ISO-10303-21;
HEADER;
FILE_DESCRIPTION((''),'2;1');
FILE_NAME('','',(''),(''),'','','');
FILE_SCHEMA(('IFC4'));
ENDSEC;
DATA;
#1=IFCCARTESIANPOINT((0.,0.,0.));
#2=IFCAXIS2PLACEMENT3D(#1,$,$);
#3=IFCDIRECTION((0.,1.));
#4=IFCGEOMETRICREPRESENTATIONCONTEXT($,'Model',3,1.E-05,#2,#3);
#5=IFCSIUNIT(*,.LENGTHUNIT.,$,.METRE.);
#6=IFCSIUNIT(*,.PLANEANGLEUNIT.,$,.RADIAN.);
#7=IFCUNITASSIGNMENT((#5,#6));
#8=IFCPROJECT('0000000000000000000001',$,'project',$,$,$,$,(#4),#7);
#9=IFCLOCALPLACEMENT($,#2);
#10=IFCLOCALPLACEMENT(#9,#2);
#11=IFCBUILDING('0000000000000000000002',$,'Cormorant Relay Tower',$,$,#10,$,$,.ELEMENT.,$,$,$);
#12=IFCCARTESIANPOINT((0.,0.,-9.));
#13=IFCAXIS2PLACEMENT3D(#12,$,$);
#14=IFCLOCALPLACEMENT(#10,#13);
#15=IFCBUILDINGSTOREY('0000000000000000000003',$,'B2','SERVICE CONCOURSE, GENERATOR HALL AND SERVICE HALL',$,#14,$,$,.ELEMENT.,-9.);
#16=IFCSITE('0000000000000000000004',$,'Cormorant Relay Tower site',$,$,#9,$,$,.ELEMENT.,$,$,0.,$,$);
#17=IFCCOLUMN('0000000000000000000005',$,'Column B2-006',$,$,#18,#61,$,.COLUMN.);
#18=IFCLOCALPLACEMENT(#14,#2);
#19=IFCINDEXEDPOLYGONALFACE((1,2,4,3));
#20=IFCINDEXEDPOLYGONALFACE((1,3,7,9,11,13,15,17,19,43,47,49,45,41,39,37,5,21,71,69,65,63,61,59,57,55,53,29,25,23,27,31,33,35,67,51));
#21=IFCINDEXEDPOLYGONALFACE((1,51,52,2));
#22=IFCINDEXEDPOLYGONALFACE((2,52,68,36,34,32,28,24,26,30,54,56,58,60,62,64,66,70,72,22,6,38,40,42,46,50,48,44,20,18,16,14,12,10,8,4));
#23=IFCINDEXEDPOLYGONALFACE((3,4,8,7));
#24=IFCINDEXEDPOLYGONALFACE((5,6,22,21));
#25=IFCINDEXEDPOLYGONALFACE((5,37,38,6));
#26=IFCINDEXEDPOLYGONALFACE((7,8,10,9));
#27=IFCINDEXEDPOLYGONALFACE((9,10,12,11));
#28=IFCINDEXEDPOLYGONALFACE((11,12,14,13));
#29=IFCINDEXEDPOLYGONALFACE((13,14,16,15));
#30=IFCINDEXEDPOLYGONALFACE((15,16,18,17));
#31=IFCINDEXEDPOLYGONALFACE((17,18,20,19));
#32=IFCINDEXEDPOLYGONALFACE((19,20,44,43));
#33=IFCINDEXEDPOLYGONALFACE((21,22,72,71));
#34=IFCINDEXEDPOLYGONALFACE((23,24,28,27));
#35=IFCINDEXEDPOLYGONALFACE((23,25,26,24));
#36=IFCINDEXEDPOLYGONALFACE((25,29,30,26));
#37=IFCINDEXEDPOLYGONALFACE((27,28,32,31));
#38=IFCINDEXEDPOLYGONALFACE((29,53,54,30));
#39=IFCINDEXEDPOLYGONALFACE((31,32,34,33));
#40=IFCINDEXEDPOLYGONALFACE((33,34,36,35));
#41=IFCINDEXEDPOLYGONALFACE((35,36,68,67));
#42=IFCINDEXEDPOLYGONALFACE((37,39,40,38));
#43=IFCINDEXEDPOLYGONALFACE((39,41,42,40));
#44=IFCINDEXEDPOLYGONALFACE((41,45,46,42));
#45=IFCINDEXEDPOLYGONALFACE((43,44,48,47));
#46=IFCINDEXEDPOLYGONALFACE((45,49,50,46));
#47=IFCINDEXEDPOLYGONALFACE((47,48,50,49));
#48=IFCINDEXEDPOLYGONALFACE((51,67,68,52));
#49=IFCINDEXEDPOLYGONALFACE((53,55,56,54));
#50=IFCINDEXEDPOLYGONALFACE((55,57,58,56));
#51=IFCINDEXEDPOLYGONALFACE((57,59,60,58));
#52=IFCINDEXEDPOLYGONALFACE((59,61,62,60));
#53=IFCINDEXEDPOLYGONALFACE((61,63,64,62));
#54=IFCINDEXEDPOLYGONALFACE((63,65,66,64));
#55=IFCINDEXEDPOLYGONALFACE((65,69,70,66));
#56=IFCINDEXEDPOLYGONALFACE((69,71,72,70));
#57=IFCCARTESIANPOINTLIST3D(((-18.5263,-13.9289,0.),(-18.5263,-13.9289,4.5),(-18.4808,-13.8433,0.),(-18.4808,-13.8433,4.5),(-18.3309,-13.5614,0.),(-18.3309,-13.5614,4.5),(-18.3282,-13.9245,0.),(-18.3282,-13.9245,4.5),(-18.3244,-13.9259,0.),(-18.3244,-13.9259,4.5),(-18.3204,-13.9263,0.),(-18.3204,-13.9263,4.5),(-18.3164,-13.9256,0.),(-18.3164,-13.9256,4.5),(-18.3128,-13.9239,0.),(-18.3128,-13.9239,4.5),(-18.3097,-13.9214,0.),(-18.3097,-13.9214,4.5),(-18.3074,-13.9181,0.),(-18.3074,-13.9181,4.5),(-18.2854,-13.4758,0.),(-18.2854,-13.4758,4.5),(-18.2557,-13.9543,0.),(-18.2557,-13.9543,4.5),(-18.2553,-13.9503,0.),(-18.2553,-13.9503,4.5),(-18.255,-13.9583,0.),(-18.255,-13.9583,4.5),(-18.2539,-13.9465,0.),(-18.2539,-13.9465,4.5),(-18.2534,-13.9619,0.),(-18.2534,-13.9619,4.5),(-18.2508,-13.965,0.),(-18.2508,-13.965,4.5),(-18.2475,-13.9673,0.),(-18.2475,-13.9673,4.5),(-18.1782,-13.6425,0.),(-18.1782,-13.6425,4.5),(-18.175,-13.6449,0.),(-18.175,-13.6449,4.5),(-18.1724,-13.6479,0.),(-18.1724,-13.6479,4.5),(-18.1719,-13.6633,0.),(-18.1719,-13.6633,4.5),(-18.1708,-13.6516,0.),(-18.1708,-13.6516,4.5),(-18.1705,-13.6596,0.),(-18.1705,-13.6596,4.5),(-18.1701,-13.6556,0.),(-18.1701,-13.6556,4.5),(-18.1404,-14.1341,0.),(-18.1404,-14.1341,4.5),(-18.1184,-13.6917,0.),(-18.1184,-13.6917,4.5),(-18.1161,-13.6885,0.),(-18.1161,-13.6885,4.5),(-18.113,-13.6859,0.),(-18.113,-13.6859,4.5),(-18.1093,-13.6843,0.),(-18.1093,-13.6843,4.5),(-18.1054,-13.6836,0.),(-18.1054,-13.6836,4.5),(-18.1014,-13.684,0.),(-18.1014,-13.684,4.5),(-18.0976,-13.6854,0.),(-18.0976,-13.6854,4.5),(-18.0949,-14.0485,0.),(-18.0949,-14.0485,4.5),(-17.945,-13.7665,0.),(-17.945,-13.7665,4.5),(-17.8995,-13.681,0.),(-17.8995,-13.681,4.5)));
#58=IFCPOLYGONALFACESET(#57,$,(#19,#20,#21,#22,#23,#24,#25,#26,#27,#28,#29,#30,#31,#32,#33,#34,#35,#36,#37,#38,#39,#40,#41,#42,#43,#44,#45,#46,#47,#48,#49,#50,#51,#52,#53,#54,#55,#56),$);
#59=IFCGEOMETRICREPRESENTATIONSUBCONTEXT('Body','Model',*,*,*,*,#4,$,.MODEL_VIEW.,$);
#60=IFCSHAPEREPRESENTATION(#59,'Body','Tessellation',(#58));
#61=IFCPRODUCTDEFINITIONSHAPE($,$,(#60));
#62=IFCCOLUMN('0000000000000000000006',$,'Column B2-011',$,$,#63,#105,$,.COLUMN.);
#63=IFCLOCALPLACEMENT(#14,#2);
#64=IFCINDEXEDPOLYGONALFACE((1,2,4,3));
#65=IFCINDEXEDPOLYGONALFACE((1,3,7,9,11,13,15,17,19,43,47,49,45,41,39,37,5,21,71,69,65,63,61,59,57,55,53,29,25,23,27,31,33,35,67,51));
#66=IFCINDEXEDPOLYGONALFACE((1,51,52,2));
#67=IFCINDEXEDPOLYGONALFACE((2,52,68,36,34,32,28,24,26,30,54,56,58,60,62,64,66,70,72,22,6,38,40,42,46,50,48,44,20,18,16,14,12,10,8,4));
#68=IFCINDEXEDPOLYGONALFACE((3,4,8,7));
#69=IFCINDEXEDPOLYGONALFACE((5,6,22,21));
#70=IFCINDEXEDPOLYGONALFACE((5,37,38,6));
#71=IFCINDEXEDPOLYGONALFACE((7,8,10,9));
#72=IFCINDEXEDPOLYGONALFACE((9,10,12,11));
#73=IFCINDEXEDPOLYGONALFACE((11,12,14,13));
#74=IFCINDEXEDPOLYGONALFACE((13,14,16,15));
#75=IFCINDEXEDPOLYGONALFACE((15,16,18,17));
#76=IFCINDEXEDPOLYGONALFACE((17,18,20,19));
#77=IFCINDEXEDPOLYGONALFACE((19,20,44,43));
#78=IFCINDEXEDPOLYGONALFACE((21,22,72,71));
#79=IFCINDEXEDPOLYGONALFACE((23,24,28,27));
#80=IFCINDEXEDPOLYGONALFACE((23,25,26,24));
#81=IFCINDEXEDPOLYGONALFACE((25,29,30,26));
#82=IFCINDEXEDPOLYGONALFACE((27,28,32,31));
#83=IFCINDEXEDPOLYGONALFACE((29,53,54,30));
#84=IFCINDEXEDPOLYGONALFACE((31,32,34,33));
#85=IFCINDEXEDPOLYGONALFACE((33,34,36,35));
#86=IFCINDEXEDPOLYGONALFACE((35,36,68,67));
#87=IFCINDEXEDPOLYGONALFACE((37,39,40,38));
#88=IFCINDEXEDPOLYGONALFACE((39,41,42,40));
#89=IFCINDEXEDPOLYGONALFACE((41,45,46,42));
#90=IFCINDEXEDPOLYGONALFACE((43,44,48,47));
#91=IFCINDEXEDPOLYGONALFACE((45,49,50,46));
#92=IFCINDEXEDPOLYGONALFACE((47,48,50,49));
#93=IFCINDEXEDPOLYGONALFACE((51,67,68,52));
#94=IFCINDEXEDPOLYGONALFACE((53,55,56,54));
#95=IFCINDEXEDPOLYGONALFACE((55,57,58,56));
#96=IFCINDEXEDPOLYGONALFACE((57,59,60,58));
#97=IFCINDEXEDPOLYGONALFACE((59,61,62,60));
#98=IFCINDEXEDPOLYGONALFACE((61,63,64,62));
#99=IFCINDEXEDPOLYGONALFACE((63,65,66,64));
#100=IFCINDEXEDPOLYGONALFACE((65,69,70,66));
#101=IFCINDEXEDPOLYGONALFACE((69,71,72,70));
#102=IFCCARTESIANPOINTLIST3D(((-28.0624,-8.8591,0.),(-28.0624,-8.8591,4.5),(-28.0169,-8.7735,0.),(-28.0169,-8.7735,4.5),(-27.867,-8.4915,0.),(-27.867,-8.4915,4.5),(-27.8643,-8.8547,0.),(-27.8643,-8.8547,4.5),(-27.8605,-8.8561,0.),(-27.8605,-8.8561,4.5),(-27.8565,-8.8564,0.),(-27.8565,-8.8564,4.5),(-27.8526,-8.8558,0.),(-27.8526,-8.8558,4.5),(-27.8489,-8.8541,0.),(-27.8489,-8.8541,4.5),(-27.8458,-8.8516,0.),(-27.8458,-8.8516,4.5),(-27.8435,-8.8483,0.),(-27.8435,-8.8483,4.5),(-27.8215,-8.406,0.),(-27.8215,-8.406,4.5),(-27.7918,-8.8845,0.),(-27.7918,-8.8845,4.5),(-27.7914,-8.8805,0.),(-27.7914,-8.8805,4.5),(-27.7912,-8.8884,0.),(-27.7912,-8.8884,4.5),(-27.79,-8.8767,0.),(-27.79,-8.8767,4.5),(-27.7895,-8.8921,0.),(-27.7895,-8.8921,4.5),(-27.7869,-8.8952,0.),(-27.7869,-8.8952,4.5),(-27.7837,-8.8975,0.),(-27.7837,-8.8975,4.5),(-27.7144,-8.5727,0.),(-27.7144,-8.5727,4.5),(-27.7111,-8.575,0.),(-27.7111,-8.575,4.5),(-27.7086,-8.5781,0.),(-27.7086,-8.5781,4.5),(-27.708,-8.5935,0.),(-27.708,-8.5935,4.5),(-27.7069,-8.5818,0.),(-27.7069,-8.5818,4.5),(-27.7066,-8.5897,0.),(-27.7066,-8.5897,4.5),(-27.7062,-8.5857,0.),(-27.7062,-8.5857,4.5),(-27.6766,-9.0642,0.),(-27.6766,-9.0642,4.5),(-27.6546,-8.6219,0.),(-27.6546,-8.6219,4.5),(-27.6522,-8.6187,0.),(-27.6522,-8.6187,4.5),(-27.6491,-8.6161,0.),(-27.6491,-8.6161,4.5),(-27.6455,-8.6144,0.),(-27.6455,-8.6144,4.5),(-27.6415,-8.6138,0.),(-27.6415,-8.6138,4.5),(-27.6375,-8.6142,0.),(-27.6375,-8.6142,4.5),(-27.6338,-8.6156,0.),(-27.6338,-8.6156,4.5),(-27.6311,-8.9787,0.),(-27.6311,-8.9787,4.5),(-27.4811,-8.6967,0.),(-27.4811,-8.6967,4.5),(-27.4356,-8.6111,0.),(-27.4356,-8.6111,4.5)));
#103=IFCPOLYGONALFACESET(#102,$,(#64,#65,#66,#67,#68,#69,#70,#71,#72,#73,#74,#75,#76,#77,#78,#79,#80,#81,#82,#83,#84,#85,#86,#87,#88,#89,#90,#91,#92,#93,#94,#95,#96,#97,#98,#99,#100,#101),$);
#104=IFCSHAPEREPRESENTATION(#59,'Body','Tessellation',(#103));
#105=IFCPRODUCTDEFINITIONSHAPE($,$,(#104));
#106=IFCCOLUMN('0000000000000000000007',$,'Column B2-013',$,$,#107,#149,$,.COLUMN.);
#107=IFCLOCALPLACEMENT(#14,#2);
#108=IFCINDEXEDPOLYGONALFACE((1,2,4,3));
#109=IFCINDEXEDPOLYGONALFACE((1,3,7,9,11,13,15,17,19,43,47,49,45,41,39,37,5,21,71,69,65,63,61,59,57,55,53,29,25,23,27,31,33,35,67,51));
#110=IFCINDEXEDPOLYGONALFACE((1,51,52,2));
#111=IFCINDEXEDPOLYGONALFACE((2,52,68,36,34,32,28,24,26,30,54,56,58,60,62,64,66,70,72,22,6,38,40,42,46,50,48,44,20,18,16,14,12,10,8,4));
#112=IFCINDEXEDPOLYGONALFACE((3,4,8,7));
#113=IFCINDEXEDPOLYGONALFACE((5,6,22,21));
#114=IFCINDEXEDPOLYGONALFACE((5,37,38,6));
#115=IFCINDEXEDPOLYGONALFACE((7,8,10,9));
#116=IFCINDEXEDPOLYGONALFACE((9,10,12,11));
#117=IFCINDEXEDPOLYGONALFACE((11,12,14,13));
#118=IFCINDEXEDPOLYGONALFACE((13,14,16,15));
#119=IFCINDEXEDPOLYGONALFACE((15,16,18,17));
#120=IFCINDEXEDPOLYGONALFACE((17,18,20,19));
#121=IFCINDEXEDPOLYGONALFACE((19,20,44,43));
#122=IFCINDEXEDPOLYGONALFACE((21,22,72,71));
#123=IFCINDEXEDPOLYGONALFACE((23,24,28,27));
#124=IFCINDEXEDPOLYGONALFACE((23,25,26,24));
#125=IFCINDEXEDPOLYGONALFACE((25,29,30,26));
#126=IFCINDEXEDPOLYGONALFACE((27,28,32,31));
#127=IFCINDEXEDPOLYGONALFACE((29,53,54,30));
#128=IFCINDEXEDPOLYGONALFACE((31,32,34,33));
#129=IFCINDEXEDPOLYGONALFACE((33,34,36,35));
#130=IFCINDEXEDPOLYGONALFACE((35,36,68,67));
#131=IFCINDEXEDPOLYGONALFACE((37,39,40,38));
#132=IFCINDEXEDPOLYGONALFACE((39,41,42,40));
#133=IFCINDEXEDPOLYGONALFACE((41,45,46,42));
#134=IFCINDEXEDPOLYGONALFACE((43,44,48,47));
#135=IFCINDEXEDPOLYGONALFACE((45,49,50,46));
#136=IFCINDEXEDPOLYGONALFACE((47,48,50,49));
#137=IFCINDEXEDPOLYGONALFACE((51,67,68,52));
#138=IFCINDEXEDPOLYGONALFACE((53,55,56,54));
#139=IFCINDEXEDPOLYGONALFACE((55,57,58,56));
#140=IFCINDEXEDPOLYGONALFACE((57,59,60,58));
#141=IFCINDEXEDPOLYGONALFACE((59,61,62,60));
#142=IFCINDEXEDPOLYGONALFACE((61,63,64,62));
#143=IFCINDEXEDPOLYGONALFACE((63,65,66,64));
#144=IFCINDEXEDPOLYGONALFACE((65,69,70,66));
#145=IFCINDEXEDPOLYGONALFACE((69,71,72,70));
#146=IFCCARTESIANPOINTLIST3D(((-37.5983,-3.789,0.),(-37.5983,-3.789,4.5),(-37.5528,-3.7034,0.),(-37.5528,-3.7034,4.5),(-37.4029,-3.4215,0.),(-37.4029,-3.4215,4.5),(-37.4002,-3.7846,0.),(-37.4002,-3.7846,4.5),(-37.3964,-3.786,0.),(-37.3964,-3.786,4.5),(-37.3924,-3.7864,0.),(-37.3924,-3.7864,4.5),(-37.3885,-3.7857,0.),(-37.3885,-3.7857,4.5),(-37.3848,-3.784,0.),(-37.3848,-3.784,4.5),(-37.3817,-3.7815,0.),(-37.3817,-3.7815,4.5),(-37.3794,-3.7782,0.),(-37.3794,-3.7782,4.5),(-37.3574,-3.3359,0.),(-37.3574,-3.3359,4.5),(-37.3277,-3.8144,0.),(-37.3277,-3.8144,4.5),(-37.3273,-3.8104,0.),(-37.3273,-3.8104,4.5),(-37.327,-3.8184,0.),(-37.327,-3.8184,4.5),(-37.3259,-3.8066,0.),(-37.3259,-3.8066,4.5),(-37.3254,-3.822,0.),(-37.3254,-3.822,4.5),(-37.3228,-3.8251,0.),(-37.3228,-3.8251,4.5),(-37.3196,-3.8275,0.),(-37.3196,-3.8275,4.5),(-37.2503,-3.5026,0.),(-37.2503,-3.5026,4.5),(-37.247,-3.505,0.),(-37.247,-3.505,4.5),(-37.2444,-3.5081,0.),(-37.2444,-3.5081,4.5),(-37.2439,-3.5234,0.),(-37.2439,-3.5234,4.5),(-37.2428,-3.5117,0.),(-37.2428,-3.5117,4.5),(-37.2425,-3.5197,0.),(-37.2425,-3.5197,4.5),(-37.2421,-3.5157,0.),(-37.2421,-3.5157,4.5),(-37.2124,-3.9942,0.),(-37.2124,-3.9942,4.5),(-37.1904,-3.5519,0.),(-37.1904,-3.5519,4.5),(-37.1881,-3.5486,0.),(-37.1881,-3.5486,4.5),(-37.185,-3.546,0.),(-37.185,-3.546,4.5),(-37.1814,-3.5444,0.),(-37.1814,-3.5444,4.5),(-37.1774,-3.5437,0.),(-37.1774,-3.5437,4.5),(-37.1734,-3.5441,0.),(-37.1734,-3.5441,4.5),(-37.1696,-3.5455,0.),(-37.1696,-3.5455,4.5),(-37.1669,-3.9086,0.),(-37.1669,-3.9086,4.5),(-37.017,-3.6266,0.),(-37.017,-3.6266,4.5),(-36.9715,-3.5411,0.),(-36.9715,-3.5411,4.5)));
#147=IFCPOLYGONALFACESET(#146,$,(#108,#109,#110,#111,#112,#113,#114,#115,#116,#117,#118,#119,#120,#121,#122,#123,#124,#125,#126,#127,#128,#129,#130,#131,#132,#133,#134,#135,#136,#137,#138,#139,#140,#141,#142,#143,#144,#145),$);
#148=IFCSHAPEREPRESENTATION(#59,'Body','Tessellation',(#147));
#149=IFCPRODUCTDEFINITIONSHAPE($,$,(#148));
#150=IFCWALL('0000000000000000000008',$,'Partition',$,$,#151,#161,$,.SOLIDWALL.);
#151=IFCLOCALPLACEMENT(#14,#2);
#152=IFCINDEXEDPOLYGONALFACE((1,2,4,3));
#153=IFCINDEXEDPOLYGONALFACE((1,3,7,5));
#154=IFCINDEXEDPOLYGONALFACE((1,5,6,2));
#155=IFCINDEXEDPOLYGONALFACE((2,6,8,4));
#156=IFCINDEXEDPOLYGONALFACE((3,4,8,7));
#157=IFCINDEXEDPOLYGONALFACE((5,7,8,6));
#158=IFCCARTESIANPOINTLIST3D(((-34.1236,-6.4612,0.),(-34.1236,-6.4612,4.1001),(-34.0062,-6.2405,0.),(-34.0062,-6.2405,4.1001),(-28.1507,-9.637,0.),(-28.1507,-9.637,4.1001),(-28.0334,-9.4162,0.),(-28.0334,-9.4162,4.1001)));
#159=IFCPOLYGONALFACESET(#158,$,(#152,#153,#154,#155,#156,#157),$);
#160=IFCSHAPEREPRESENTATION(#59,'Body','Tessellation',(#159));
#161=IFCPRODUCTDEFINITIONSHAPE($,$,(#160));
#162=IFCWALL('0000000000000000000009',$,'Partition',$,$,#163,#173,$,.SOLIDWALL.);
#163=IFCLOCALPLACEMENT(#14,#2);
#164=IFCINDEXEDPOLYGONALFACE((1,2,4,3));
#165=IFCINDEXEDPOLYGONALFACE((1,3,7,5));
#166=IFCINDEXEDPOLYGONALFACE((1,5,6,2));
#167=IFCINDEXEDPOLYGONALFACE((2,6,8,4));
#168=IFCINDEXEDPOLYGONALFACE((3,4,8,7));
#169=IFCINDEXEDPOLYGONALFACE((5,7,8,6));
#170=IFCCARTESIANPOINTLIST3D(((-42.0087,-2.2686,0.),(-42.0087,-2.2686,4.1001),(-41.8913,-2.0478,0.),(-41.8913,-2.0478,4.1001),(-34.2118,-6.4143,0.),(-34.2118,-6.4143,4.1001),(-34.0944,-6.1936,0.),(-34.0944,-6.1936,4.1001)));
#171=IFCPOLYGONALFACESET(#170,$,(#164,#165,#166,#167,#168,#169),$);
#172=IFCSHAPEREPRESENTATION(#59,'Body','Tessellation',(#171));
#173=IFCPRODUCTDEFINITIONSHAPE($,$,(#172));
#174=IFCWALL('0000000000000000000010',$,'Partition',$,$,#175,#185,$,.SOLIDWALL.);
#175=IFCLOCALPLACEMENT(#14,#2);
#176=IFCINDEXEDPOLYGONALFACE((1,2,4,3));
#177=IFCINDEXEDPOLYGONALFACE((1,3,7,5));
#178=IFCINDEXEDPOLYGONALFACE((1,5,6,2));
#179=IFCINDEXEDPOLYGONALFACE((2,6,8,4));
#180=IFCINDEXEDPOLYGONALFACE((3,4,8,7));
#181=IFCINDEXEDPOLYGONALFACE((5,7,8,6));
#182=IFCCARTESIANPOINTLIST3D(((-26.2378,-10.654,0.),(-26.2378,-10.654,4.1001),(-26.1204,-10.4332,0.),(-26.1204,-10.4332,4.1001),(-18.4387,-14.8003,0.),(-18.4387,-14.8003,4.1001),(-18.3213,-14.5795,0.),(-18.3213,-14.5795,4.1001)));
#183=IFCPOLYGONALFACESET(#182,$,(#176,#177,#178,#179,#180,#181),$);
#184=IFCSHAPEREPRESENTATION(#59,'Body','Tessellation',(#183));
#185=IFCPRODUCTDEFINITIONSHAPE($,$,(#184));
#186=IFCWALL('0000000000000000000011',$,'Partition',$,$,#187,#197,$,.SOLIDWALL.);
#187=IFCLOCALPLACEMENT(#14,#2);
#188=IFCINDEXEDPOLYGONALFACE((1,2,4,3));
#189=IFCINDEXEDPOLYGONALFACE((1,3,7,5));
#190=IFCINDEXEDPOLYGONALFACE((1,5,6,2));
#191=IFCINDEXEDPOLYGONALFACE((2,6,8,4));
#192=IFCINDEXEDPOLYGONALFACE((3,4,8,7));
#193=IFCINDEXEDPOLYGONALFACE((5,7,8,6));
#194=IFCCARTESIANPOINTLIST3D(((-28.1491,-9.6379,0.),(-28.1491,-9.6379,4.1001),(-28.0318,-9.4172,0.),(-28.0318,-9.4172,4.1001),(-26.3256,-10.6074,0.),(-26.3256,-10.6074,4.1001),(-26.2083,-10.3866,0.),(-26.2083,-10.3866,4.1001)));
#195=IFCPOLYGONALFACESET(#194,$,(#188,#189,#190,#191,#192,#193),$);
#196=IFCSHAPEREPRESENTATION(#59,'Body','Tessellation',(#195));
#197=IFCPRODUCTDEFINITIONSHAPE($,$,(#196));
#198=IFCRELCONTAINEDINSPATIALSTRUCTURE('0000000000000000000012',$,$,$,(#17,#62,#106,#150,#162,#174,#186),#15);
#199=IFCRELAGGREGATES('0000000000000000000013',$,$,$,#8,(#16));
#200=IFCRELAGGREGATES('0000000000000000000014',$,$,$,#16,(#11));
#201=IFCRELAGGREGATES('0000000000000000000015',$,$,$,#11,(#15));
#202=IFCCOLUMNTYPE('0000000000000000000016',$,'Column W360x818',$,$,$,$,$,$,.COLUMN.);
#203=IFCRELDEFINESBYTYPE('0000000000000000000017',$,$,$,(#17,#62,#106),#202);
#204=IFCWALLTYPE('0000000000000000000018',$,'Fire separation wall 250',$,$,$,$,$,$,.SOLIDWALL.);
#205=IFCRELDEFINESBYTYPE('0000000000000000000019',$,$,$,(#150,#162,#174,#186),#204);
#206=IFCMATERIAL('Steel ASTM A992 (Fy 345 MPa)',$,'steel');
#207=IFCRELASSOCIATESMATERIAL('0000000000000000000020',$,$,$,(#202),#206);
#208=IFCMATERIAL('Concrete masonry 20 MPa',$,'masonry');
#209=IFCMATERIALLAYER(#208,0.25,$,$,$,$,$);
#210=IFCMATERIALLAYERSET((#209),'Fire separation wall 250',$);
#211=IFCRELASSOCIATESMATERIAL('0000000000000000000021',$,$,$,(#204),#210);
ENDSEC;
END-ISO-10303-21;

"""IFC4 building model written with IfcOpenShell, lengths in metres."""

from ifc_helpers import new_model, si_unit, direction, frame, frame_2d, origin, origin_2d, place, context, subcontext, project, spatial, rectangle, i_section, extrude, material, layer, layer_set, material_profile, profile_set, type_object, element, save


model = new_model("IFC4")

# Units and contexts
model_context = context("Model", 3, precision=1e-05, world=origin(), true_north=direction((0.0, 1.0)))
body_context = subcontext(model_context, "Body", "Model", "MODEL_VIEW")
ifc_project = project(units=[si_unit("LENGTHUNIT", "METRE"), si_unit("PLANEANGLEUNIT", "RADIAN")], contexts=[model_context])

# Site, building, storey
site_placement = place(None, origin())
site = spatial("IfcSite", under=ifc_project, at=site_placement, Name="Cormorant Relay Tower site", CompositionType="ELEMENT", RefElevation=0.0)
building_placement = place(site_placement, origin())
building = spatial("IfcBuilding", under=site, at=building_placement, Name="Cormorant Relay Tower", CompositionType="ELEMENT")
storey_placement = place(building_placement, frame((0.0, 0.0, -9.0)))
storey = spatial("IfcBuildingStorey", under=building, at=storey_placement, Name="B2", Description="SERVICE CONCOURSE, GENERATOR HALL AND SERVICE HALL", CompositionType="ELEMENT", Elevation=-9.0)

# Columns
ifc_material_1 = material(Name="Steel ASTM A992 (Fy 345 MPa)", Category="steel")
ifc_material_profile_1 = material_profile(ifc_material_1, i_section(OverallWidth=0.437, OverallDepth=0.5132, WebThickness=0.0605, FlangeThickness=0.0969, FilletRadius=0.0154, at=origin_2d()), Name="W360x818")
ifc_profile_set_1 = profile_set([ifc_material_profile_1], Name="Steel ASTM A992 (Fy 345 MPa)")
column_type_1 = type_object("IfcColumnType", Name="Column W360x818", PredefinedType="COLUMN", material=ifc_profile_set_1)
for number, where, z_axis, x_axis, name in (
    (1, (-18.2129, -13.8049, 0.0), (0.0, 0.0, 1.0), (0.882948, -0.469472, 0.0), "Column B2-006"),
    (2, (-27.749, -8.7351, 0.0), (0.0, 0.0, 1.0), (0.882948, -0.469472, 0.0), "Column B2-011"),
    (3, (-37.2849, -3.665, 0.0), (0.0, 0.0, 1.0), (0.882948, -0.469472, 0.0), "Column B2-013"),
):
    element("IfcColumn", number, at=place(storey_placement, frame(where, z_axis=z_axis, x_axis=x_axis)), inside=storey, type_object=column_type_1, Name=name, PredefinedType="COLUMN", context=body_context, shape_type="SweptSolid", body=[
        extrude(i_section(OverallWidth=0.437, OverallDepth=0.5132, WebThickness=0.0605, FlangeThickness=0.0969, FilletRadius=0.0154, at=origin_2d()), origin(), (0.0, 0.0, 1.0), 4.5),
    ])

# Walls
ifc_material_2 = material(Name="Concrete masonry 20 MPa", Category="masonry")
ifc_layer_1 = layer(ifc_material_2, 0.25)
ifc_layer_set_1 = layer_set([ifc_layer_1], Name="Fire separation wall 250")
wall_type_1 = type_object("IfcWallType", Name="Fire separation wall 250", PredefinedType="SOLIDWALL", material=ifc_layer_set_1)
wall_1_placement = place(storey_placement, frame((-28.092, -9.5266, 0.0), z_axis=(0.0, 0.0, 1.0), x_axis=(-0.882952, 0.469464, 0.0)))
element("IfcWall", 4, at=wall_1_placement, inside=storey, type_object=wall_type_1, Name="Partition", PredefinedType="SOLIDWALL", context=body_context, shape_type="SweptSolid", body=[
    extrude(rectangle(XDim=6.7646, YDim=0.25, at=frame_2d((3.3823, 0.0))), origin(), (0.0, 0.0, 1.0), 4.1001),
])
wall_2_placement = place(storey_placement, frame((-34.1531, -6.304, 0.0), z_axis=(0.0, 0.0, 1.0), x_axis=(-0.882944, 0.469479, 0.0)))
element("IfcWall", 5, at=wall_2_placement, inside=storey, type_object=wall_type_1, Name="Partition", PredefinedType="SOLIDWALL", context=body_context, shape_type="SweptSolid", body=[
    extrude(rectangle(XDim=8.8306, YDim=0.25, at=frame_2d((4.4153, 0.0))), origin(), (0.0, 0.0, 1.0), 4.1001),
])
wall_3_placement = place(storey_placement, frame((-18.3799, -14.6899, 0.0), z_axis=(0.0, 0.0, 1.0), x_axis=(-0.882976, 0.469419, 0.0)))
element("IfcWall", 6, at=wall_3_placement, inside=storey, type_object=wall_type_1, Name="Partition", PredefinedType="SOLIDWALL", context=body_context, shape_type="SweptSolid", body=[
    extrude(rectangle(XDim=8.8328, YDim=0.25, at=frame_2d((4.4165, 0.0))), origin(), (0.0, 0.0, 1.0), 4.1001),
])
wall_4_placement = place(storey_placement, frame((-26.2668, -10.4971, 0.0), z_axis=(0.0, 0.0, 1.0), x_axis=(-0.882964, 0.46944, 0.0)))
element("IfcWall", 7, at=wall_4_placement, inside=storey, type_object=wall_type_1, Name="Partition", PredefinedType="SOLIDWALL", context=body_context, shape_type="SweptSolid", body=[
    extrude(rectangle(XDim=2.0652, YDim=0.25, at=frame_2d((1.0327, 0.0))), origin(), (0.0, 0.0, 1.0), 4.1001),
])

save(model, "model.ifc")
